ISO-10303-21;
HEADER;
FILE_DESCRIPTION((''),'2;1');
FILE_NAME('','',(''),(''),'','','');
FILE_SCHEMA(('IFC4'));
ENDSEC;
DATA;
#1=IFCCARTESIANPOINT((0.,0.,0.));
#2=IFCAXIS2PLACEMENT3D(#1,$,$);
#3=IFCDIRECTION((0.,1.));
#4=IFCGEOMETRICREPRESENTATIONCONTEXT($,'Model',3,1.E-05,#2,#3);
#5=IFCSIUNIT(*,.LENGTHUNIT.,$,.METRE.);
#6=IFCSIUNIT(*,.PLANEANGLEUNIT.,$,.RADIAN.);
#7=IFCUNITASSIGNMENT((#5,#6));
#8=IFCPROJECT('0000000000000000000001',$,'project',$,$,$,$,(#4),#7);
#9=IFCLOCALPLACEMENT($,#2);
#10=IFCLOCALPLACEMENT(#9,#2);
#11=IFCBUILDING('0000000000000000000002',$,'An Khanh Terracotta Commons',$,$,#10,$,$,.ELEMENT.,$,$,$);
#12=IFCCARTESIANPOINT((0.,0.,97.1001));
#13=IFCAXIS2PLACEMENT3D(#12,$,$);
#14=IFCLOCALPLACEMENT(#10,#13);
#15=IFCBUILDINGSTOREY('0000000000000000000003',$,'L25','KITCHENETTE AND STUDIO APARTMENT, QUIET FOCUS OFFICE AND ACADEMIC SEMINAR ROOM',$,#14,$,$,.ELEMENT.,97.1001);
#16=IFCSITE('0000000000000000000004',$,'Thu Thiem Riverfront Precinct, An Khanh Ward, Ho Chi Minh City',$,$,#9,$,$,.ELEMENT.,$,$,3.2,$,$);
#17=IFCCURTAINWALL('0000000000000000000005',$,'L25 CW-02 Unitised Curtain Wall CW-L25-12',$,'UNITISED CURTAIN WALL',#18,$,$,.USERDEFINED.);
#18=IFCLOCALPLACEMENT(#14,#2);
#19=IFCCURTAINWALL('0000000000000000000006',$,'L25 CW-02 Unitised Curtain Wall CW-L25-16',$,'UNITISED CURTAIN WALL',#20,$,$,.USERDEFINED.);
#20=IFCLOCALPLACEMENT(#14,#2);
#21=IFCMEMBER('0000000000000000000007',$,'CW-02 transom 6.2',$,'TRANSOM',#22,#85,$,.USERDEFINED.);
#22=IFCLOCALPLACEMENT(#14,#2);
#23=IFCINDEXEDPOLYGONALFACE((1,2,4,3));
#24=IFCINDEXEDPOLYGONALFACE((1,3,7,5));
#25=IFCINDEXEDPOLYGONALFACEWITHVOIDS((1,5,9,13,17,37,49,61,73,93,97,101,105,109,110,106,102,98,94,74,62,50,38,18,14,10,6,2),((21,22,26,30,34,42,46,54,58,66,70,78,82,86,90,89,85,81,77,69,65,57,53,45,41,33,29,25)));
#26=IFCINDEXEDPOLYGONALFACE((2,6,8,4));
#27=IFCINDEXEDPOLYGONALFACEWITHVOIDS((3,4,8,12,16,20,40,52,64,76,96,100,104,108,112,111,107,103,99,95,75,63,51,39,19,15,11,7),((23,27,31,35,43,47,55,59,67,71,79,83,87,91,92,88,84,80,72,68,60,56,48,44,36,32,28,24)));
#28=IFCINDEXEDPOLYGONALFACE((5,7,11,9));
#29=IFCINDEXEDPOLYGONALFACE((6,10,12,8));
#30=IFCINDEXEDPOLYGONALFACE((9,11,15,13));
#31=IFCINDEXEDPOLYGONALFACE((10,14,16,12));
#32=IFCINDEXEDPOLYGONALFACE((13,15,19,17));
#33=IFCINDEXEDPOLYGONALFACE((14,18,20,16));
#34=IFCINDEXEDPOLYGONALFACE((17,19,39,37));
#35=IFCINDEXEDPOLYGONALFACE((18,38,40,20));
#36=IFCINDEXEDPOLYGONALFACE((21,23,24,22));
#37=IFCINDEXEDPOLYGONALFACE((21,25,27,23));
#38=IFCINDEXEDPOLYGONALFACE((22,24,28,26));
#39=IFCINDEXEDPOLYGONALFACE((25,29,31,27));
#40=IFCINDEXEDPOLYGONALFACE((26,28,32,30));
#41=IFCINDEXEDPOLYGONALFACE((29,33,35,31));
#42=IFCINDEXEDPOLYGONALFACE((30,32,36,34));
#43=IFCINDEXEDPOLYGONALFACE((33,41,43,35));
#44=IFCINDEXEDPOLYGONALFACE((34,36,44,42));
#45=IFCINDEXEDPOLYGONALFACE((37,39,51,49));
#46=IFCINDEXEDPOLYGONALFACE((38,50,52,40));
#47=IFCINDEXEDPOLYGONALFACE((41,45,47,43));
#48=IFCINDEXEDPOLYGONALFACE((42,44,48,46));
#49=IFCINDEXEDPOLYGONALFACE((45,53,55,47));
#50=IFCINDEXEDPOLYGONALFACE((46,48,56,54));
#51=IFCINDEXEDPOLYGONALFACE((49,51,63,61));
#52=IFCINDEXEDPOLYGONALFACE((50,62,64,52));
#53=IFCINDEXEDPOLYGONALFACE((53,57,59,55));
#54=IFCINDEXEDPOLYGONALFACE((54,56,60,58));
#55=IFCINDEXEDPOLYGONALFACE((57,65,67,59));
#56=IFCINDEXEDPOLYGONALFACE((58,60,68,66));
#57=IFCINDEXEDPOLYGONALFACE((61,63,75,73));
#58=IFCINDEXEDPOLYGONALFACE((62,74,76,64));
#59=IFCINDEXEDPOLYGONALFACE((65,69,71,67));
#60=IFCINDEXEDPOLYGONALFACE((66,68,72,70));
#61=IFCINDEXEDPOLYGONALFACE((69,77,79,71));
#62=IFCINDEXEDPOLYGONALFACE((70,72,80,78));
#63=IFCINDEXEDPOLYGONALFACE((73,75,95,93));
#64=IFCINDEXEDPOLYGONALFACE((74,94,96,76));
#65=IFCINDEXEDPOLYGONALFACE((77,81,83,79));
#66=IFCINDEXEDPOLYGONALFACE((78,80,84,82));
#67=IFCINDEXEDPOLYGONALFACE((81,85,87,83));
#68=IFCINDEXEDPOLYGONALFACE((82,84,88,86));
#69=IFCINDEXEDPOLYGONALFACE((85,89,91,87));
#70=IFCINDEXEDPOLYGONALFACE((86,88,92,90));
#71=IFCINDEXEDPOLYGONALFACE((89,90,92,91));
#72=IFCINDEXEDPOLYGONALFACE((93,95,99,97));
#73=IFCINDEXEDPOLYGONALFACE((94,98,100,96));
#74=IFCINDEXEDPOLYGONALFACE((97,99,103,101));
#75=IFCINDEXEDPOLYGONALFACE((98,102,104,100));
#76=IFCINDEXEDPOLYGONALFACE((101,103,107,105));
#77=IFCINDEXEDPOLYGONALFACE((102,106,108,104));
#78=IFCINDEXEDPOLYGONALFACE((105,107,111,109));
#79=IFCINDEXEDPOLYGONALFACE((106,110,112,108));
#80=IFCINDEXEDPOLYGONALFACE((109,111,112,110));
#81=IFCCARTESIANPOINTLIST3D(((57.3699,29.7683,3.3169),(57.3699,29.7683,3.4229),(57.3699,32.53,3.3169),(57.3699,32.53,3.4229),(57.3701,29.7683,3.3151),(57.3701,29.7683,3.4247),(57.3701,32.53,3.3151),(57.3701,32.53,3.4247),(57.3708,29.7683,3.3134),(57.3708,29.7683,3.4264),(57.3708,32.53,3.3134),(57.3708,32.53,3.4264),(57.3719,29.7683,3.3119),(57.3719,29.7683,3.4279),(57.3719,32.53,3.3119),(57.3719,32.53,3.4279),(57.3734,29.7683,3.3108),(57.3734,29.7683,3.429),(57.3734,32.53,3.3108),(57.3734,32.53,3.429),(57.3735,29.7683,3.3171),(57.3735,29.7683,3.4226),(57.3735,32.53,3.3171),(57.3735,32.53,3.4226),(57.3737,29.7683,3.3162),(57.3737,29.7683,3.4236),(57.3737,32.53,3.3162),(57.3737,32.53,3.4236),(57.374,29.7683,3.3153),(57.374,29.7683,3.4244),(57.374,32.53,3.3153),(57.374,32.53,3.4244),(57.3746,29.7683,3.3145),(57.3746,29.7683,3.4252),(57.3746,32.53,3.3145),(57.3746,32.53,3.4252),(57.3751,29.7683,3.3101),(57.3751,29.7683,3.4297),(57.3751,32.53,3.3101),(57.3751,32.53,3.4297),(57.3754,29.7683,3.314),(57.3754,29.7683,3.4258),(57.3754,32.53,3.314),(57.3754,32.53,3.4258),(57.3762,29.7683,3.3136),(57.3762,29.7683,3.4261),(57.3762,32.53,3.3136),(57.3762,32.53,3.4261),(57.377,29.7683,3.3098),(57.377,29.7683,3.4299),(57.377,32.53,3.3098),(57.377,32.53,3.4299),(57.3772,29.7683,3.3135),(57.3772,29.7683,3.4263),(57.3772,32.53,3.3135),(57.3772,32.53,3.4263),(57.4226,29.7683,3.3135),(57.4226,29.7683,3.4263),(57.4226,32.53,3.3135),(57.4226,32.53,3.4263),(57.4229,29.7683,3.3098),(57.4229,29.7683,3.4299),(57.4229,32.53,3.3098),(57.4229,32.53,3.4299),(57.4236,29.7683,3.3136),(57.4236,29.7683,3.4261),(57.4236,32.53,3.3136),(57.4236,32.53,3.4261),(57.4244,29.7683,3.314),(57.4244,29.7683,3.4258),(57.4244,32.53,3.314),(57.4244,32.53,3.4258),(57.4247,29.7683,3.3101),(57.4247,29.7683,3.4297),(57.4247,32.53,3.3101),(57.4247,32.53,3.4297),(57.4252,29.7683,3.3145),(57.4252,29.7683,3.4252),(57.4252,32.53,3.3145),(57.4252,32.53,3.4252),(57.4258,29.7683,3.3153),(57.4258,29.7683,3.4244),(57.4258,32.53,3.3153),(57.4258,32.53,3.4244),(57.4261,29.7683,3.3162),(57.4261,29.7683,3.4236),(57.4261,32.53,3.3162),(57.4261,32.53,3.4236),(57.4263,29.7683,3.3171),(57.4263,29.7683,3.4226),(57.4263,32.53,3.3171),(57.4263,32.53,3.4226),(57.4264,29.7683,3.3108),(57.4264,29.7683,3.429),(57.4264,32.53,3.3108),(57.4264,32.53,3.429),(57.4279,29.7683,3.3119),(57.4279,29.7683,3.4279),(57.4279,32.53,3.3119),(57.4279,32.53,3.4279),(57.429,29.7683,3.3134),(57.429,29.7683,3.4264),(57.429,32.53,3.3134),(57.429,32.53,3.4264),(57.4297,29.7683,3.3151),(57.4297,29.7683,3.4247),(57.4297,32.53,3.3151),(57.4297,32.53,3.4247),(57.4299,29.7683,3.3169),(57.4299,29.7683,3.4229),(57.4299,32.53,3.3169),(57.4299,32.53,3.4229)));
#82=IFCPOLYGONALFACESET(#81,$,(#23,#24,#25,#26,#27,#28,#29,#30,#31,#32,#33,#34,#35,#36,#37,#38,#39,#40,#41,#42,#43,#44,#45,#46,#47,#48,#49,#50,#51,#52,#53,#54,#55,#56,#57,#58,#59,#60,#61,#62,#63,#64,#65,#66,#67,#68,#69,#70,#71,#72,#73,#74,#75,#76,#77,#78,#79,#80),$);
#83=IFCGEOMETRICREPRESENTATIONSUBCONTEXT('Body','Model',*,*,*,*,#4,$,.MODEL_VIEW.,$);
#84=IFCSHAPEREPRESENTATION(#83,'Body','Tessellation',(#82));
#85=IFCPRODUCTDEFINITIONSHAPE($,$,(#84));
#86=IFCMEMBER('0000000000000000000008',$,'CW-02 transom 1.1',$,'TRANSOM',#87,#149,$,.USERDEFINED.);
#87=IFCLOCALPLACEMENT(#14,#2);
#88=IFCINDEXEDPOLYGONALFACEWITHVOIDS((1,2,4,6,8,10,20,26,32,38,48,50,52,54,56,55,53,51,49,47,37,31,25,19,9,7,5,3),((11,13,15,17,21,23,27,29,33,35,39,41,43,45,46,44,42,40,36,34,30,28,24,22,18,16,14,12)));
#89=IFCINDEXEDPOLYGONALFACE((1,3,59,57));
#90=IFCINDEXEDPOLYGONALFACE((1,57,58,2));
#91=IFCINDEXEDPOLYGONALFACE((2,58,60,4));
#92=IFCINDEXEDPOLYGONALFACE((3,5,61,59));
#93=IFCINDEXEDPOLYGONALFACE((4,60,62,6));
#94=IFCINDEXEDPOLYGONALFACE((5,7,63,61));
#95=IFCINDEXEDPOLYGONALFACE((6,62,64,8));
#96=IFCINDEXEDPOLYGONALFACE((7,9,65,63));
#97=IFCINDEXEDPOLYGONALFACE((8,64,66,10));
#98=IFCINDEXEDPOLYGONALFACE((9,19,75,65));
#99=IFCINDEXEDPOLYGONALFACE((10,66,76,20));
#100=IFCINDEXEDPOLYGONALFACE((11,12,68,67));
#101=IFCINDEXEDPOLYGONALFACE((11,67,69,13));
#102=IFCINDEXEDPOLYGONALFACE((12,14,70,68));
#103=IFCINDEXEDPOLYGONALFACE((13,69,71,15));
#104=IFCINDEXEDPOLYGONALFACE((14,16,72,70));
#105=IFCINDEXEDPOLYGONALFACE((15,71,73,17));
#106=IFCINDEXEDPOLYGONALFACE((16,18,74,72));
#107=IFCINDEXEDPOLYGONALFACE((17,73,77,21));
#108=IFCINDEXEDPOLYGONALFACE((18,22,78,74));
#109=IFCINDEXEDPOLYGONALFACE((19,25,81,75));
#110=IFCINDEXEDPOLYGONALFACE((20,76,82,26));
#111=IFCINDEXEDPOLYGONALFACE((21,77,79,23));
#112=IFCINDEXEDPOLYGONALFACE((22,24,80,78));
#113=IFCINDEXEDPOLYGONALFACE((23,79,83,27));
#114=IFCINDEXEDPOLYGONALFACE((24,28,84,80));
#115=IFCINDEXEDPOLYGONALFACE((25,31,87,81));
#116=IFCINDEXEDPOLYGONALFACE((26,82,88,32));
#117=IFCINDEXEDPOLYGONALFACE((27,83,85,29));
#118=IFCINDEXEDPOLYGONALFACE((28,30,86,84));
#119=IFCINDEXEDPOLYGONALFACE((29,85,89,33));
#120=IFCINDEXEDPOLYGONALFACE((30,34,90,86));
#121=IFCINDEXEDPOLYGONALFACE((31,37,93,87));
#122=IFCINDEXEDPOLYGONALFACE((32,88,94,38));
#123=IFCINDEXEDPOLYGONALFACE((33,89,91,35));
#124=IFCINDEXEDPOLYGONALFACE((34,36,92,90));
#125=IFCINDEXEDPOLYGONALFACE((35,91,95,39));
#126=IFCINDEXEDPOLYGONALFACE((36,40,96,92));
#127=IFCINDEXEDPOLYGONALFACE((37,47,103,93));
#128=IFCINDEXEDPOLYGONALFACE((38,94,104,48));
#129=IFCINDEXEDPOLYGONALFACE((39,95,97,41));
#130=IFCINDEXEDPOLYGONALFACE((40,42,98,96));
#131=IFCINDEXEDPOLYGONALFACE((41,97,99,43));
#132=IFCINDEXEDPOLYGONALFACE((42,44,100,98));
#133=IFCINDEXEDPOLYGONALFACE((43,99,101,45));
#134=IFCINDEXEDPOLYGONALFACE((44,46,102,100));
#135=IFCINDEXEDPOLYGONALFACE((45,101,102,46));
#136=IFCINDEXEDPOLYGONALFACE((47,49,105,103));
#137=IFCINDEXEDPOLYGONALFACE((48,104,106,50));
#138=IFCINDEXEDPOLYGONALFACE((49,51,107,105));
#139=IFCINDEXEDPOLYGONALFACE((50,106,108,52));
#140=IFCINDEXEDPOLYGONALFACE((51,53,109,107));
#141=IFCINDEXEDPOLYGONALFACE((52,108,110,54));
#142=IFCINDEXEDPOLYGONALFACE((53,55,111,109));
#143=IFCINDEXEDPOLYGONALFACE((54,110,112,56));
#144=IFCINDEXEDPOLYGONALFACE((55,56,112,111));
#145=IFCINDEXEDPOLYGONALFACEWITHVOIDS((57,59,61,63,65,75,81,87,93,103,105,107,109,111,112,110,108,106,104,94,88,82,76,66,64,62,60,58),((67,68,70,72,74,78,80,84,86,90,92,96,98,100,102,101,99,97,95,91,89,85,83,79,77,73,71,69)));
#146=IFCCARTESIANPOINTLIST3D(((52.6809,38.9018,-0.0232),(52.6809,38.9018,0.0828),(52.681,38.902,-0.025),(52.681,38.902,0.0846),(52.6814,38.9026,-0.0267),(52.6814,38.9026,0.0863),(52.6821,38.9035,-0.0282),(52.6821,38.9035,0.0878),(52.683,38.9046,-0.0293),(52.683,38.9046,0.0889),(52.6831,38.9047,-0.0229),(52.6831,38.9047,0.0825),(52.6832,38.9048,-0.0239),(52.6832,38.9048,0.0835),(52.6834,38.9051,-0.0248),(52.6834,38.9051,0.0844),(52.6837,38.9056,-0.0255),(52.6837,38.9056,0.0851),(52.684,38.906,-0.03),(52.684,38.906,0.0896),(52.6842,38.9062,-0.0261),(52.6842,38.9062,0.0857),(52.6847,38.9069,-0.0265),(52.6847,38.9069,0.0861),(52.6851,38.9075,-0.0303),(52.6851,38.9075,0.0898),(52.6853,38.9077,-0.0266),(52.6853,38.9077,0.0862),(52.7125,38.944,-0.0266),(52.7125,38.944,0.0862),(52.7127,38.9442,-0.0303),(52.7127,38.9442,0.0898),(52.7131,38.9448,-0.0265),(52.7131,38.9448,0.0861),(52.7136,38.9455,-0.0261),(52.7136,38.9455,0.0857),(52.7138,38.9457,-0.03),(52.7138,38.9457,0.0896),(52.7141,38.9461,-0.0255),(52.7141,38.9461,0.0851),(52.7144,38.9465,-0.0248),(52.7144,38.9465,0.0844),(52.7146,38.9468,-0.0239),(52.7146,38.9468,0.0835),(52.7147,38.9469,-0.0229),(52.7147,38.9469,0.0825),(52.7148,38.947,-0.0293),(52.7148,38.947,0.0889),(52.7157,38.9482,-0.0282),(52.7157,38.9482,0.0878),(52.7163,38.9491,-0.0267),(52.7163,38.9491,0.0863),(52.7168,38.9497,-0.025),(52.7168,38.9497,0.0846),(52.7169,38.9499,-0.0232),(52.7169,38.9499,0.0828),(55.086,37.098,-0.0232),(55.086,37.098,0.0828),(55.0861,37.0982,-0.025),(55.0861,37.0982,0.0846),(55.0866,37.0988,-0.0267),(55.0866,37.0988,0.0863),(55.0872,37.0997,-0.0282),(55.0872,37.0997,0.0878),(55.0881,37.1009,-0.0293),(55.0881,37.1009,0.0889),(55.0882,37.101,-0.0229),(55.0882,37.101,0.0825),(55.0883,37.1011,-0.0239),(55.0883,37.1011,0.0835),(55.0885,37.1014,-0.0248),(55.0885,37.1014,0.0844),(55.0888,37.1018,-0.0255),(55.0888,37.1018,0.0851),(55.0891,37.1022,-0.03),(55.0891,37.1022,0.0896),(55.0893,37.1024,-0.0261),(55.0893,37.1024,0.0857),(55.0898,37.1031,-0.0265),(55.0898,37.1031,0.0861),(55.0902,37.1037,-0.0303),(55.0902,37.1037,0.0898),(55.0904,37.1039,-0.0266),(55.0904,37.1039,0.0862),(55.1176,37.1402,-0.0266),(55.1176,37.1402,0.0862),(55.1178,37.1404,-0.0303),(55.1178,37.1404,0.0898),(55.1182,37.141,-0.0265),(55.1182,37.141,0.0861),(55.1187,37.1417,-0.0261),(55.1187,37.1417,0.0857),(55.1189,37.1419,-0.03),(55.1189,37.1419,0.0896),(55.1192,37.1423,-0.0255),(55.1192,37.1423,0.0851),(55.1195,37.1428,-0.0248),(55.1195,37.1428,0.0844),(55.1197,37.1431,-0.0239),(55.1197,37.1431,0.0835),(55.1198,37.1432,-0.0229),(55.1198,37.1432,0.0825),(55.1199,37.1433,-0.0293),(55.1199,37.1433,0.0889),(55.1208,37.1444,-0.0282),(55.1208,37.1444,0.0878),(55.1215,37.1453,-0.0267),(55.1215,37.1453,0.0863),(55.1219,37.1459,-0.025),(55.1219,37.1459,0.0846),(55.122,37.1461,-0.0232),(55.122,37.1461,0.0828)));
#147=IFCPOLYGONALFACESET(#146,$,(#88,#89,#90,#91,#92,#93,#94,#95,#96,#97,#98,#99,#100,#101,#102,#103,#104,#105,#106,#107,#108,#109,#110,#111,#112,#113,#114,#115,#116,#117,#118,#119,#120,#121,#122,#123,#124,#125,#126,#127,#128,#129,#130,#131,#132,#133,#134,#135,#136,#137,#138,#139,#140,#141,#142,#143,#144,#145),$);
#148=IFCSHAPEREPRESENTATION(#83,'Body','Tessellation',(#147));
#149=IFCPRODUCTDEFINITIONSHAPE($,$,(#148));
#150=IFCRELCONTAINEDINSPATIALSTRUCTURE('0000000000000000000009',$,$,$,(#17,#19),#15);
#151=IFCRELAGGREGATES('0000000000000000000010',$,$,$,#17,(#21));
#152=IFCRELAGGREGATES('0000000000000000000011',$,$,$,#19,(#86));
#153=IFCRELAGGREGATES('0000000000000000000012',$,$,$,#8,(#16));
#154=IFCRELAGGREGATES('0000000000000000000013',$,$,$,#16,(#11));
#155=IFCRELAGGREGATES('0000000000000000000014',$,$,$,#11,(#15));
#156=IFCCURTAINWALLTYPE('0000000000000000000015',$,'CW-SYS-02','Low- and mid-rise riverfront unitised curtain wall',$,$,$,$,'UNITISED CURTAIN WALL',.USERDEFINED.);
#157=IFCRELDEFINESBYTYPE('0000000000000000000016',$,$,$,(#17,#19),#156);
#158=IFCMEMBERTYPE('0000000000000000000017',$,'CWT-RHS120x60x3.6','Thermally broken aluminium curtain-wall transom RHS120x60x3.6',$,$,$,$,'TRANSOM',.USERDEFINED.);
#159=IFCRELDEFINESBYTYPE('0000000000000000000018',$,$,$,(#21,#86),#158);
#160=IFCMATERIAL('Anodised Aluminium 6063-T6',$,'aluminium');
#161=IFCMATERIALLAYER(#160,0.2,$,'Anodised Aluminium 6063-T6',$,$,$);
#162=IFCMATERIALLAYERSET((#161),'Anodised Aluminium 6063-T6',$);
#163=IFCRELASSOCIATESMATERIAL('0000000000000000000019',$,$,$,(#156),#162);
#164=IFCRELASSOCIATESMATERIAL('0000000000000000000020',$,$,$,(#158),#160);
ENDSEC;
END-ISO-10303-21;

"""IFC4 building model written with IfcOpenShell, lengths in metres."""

from ifc_helpers import new_model, si_unit, direction, frame, origin, origin_2d, place, context, subcontext, project, spatial, hollow_rectangle, extrude, material, layer, layer_set, material_profile, profile_set, type_object, element, aggregate, save


model = new_model("IFC4")

# Units and contexts
model_context = context("Model", 3, precision=1e-05, world=origin(), true_north=direction((0.0, 1.0)))
body_context = subcontext(model_context, "Body", "Model", "MODEL_VIEW")
ifc_project = project(units=[si_unit("LENGTHUNIT", "METRE"), si_unit("PLANEANGLEUNIT", "RADIAN")], contexts=[model_context])

# Site, building, storey
site_placement = place(None, origin())
site = spatial("IfcSite", under=ifc_project, at=site_placement, Name="Thu Thiem Riverfront Precinct, An Khanh Ward, Ho Chi Minh City", CompositionType="ELEMENT", RefElevation=3.2)
building_placement = place(site_placement, origin())
building = spatial("IfcBuilding", under=site, at=building_placement, Name="An Khanh Terracotta Commons", CompositionType="ELEMENT")
storey_placement = place(building_placement, frame((0.0, 0.0, 97.1001)))
storey = spatial("IfcBuildingStorey", under=building, at=storey_placement, Name="L25", Description="KITCHENETTE AND STUDIO APARTMENT, QUIET FOCUS OFFICE AND ACADEMIC SEMINAR ROOM", CompositionType="ELEMENT", Elevation=97.1001)

# Curtain walls
ifc_material_1 = material(Name="Anodised Aluminium 6063-T6", Category="aluminium")
ifc_layer_1 = layer(ifc_material_1, 0.2, Name="Anodised Aluminium 6063-T6")
ifc_layer_set_1 = layer_set([ifc_layer_1], Name="Anodised Aluminium 6063-T6")
curtain_wall_type = type_object("IfcCurtainWallType", Name="CW-SYS-02", Description="Low- and mid-rise riverfront unitised curtain wall", ElementType="UNITISED CURTAIN WALL", PredefinedType="USERDEFINED", material=ifc_layer_set_1)
curtain_wall_1_placement = place(storey_placement, origin())
curtain_wall_1 = element("IfcCurtainWall", 1, at=curtain_wall_1_placement, inside=storey, type_object=curtain_wall_type, Name="L25 CW-02 Unitised Curtain Wall CW-L25-12", ObjectType="UNITISED CURTAIN WALL", PredefinedType="USERDEFINED")
curtain_wall_2_placement = place(storey_placement, origin())
curtain_wall_2 = element("IfcCurtainWall", 2, at=curtain_wall_2_placement, inside=storey, type_object=curtain_wall_type, Name="L25 CW-02 Unitised Curtain Wall CW-L25-16", ObjectType="UNITISED CURTAIN WALL", PredefinedType="USERDEFINED")

# Members
ifc_material_profile_1 = material_profile(ifc_material_1, hollow_rectangle(XDim=0.0601, YDim=0.1201, WallThickness=0.0037, InnerFilletRadius=0.0037, OuterFilletRadius=0.0071, at=origin_2d()), Name="RHS120x60x3.6")
ifc_profile_set_1 = profile_set([ifc_material_profile_1], Name="Anodised Aluminium 6063-T6")
member_type_1 = type_object("IfcMemberType", Name="CWT-RHS120x60x3.6", Description="Thermally broken aluminium curtain-wall transom RHS120x60x3.6", ElementType="TRANSOM", PredefinedType="USERDEFINED", material=ifc_profile_set_1)
member_1_placement = place(storey_placement, frame((57.3999, 29.7683, 3.3699), z_axis=(0.0, 1.0, 0.0), x_axis=(-1.0, 0.0, 0.0)))
member_1 = element("IfcMember", 3, at=member_1_placement, type_object=member_type_1, Name="CW-02 transom 6.2", ObjectType="TRANSOM", PredefinedType="USERDEFINED", context=body_context, shape_type="SweptSolid", body=[
    extrude(hollow_rectangle(XDim=0.0601, YDim=0.1201, WallThickness=0.0037, InnerFilletRadius=0.0037, OuterFilletRadius=0.0071, at=origin_2d()), origin(), (0.0, 0.0, 1.0), 2.7617),
])
member_2_placement = place(storey_placement, frame((55.104, 37.1221, 0.0298), z_axis=(-0.80001, 0.599987, 0.0), x_axis=(-0.599987, -0.80001, 0.0)))
member_2 = element("IfcMember", 4, at=member_2_placement, type_object=member_type_1, Name="CW-02 transom 1.1", ObjectType="TRANSOM", PredefinedType="USERDEFINED", context=body_context, shape_type="SweptSolid", body=[
    extrude(hollow_rectangle(XDim=0.0601, YDim=0.1201, WallThickness=0.0037, InnerFilletRadius=0.0037, OuterFilletRadius=0.0071, at=origin_2d()), origin(), (0.0, 0.0, 1.0), 3.0063),
])

aggregate(curtain_wall_1, [member_1])
aggregate(curtain_wall_2, [member_2])

save(model, "model.ifc")
